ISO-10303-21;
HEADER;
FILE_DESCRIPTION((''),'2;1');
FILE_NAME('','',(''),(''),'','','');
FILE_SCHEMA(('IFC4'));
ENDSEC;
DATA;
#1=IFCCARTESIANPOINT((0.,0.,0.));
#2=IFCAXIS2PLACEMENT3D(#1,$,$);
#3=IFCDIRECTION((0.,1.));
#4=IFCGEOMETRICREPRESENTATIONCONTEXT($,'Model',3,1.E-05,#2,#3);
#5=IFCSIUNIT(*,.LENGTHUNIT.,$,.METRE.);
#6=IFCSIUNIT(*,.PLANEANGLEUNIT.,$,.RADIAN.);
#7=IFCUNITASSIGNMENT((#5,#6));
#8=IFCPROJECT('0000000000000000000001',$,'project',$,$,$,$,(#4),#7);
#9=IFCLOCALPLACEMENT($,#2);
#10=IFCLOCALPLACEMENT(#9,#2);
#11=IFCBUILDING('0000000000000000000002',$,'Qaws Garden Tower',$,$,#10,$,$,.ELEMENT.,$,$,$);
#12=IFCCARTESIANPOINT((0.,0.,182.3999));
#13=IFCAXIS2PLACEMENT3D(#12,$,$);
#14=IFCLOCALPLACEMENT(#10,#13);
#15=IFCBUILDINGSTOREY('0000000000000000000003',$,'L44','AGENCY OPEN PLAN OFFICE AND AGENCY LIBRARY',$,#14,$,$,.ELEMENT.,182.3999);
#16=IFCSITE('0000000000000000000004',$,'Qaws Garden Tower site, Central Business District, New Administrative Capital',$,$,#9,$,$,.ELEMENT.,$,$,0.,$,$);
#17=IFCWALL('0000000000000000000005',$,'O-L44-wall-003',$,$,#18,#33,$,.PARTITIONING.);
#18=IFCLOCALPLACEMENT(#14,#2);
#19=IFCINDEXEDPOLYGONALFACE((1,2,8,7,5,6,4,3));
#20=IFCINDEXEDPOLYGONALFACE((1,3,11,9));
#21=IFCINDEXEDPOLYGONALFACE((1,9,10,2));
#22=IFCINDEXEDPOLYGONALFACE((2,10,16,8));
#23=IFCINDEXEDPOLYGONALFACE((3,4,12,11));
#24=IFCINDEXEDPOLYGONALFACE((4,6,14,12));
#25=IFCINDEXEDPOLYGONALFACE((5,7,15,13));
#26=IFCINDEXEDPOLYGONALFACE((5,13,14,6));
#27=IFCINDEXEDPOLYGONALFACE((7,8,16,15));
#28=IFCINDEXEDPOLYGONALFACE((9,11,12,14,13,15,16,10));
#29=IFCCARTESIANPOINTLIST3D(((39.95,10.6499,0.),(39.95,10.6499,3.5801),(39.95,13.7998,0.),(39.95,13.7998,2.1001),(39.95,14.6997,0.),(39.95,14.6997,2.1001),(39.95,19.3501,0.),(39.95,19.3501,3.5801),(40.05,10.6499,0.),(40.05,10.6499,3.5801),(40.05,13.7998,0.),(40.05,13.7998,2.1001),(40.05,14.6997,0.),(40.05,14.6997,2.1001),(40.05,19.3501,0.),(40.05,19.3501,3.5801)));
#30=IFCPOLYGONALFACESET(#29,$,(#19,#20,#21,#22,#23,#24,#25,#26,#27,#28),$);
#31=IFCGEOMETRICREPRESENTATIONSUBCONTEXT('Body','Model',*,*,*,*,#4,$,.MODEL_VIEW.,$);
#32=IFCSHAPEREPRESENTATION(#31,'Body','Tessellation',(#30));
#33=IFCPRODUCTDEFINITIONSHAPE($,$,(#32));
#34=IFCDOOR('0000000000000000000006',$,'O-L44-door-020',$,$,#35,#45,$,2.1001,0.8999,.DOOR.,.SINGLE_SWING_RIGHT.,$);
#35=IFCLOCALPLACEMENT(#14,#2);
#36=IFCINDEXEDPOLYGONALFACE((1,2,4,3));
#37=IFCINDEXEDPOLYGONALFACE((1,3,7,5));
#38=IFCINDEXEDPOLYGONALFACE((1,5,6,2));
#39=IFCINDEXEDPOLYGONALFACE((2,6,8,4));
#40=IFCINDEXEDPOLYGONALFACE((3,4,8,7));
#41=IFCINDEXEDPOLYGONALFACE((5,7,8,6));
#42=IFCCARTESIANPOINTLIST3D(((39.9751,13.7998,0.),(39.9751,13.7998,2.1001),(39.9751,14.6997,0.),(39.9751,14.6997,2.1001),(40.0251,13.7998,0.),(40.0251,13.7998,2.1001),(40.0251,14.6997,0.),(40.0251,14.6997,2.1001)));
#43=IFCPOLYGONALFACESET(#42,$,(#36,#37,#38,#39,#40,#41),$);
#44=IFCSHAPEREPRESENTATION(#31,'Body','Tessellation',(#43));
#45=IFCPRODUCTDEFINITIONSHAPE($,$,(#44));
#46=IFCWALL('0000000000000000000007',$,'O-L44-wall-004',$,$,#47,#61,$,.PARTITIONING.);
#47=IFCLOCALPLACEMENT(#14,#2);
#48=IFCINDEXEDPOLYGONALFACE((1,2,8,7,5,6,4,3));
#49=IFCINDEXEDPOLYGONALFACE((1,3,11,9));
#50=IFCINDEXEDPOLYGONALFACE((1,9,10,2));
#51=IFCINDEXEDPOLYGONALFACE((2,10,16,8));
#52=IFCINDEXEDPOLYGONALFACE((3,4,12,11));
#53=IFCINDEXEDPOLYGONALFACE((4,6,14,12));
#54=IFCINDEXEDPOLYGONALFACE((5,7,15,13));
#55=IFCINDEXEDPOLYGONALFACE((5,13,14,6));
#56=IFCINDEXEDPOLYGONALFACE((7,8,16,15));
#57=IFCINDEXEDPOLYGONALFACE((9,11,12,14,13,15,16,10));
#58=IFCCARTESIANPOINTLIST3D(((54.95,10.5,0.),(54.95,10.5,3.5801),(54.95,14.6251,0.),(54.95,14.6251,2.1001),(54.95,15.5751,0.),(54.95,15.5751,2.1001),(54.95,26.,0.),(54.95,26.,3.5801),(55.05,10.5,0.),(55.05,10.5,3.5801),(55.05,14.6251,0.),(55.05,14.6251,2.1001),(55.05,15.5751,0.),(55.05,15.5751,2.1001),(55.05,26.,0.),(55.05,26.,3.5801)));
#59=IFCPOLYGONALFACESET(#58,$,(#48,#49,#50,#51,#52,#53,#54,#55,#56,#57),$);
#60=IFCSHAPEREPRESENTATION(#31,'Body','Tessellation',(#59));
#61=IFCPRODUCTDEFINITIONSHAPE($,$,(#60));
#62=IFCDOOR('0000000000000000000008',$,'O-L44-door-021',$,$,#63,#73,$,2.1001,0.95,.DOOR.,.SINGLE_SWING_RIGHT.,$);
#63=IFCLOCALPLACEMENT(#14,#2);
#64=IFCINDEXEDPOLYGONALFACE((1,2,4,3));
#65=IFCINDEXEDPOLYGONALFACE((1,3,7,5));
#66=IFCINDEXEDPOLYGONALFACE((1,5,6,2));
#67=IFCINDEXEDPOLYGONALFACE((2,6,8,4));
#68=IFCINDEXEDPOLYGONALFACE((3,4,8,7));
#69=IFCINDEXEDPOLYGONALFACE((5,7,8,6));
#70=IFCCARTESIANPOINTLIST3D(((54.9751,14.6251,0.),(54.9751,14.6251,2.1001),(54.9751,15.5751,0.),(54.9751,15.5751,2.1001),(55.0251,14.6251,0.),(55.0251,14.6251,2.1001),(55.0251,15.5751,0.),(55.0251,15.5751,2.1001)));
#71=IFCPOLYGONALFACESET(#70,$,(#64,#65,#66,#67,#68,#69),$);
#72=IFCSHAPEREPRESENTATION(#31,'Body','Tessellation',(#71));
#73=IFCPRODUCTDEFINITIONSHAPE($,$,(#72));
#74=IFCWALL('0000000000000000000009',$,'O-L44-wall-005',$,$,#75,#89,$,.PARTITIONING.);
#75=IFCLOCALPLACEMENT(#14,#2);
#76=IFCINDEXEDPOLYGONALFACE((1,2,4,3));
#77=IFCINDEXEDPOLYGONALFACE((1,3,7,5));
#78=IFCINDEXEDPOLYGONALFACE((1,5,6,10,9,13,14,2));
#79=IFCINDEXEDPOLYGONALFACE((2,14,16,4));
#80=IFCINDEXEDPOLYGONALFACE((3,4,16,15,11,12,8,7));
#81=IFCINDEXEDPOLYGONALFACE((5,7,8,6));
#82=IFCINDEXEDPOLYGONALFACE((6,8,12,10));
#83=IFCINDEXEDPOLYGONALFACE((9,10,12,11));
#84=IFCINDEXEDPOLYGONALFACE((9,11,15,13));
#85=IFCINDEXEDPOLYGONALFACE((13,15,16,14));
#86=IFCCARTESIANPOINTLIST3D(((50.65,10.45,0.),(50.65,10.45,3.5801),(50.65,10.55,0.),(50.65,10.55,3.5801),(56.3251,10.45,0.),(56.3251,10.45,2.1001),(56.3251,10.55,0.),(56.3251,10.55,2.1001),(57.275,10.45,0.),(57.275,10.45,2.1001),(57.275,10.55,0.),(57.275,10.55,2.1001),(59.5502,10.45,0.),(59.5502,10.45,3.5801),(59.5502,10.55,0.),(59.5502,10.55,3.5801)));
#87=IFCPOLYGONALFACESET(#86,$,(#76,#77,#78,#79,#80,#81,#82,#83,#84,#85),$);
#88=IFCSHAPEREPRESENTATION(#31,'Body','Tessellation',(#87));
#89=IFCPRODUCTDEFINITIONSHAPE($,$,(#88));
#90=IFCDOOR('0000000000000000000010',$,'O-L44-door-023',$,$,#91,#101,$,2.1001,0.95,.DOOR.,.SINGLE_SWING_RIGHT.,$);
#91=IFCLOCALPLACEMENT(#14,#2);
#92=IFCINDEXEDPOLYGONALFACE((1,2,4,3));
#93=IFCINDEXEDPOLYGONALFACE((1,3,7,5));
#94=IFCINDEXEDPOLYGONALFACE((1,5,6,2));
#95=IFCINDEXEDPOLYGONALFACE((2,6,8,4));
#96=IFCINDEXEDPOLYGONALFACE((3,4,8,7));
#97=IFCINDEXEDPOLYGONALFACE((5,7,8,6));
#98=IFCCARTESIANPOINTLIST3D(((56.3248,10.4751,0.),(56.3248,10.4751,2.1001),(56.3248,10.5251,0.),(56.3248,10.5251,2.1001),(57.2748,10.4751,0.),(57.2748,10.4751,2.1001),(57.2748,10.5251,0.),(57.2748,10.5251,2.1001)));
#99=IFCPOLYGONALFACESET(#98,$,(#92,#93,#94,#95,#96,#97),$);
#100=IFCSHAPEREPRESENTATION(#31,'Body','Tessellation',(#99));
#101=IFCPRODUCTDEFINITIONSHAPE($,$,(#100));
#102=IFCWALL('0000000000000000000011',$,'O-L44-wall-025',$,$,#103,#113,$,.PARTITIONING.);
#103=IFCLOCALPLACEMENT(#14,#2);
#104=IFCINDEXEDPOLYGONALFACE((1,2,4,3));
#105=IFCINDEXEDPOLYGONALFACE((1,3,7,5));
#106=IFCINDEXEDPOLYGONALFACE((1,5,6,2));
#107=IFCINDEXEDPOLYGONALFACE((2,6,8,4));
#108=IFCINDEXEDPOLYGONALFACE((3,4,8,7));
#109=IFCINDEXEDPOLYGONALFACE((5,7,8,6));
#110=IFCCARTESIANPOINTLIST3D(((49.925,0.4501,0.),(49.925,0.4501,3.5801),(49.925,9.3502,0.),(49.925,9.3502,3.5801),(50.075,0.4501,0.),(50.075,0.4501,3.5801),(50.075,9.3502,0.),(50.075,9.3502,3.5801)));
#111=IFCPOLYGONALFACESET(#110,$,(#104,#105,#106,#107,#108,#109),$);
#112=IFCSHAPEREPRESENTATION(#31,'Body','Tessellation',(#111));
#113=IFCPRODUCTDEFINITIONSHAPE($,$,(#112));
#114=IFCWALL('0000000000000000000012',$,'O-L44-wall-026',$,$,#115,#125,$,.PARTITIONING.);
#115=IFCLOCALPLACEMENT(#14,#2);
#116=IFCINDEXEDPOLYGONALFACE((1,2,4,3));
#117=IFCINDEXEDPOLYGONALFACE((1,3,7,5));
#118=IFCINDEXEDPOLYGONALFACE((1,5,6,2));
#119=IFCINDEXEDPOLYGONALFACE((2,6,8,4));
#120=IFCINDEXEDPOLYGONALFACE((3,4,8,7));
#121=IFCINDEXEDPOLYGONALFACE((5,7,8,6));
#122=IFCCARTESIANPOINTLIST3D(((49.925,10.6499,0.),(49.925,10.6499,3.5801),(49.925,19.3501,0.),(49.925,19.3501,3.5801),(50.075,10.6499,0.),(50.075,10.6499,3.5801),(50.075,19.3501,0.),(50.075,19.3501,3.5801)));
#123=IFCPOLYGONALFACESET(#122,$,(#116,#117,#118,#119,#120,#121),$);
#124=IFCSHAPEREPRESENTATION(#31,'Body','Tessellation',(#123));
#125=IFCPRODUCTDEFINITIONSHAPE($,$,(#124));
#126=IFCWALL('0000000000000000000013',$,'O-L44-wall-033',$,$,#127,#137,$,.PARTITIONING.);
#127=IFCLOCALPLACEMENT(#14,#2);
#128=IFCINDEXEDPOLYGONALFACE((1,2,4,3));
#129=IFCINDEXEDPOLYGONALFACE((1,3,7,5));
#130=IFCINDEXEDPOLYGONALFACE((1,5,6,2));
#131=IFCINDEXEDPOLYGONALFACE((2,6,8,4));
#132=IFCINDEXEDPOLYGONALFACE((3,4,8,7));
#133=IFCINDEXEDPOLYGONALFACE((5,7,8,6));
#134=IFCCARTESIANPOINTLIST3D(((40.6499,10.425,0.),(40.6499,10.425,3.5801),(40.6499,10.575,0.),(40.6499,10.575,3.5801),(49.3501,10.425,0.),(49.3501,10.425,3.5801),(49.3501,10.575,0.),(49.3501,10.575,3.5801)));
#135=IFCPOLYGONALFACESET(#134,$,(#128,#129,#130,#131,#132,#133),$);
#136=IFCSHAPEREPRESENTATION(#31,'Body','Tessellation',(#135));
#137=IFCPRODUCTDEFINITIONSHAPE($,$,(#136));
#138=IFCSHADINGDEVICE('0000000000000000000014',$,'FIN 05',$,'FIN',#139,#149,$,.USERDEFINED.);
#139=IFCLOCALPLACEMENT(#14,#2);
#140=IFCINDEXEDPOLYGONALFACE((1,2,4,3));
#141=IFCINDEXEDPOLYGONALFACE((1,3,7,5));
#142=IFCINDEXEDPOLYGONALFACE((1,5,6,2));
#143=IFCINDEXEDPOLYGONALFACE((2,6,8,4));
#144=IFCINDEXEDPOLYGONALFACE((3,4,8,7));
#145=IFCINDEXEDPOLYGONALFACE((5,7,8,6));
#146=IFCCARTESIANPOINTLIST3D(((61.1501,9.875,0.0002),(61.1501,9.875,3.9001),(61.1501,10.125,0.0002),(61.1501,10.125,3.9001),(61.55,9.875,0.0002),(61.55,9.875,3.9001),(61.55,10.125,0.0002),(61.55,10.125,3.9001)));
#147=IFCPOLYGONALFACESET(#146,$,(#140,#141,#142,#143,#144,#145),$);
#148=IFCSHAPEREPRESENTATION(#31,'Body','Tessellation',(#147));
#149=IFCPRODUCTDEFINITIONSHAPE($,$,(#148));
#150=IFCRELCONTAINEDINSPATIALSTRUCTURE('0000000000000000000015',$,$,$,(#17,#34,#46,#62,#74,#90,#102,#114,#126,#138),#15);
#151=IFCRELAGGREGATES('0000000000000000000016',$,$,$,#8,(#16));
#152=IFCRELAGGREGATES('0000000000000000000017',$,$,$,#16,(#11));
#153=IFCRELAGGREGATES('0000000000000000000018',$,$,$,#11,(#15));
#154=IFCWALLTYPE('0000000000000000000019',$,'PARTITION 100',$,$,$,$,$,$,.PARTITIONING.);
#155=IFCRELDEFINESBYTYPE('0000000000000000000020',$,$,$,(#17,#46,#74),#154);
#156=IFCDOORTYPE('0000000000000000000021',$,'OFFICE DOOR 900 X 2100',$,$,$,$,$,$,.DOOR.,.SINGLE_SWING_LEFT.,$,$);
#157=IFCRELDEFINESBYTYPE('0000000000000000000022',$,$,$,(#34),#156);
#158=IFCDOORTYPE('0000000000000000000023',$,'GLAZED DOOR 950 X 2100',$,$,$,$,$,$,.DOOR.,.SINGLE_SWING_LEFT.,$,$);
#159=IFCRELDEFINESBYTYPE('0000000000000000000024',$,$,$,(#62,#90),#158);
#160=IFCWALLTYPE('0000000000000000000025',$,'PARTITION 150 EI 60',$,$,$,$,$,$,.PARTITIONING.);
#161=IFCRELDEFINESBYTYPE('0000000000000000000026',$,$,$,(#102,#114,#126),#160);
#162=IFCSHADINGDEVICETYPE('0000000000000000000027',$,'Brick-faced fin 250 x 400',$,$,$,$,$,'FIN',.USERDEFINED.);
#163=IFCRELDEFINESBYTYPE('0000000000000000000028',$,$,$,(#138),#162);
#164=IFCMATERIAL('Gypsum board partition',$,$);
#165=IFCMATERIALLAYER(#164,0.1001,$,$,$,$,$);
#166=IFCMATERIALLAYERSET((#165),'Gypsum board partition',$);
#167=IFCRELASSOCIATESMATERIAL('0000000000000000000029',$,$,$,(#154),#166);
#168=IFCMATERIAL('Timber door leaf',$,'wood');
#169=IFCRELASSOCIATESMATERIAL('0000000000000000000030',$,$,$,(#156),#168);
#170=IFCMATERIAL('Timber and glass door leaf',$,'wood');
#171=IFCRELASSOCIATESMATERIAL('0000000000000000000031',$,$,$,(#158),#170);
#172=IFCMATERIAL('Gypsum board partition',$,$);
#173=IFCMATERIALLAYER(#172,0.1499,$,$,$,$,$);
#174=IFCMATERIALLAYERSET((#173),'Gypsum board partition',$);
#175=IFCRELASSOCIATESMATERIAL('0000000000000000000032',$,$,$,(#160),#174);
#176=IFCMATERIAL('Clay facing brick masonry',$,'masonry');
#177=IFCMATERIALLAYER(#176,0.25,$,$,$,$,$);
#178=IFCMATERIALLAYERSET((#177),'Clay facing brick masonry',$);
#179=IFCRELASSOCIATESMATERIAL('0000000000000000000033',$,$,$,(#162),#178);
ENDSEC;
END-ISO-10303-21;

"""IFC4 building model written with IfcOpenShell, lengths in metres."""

from ifc_helpers import new_model, si_unit, direction, frame, frame_2d, origin, origin_2d, place, context, subcontext, project, spatial, rectangle, extrude, material, layer, layer_set, type_object, element, fill, save


model = new_model("IFC4")

# Units and contexts
model_context = context("Model", 3, precision=1e-05, world=origin(), true_north=direction((0.0, 1.0)))
body_context = subcontext(model_context, "Body", "Model", "MODEL_VIEW")
ifc_project = project(units=[si_unit("LENGTHUNIT", "METRE"), si_unit("PLANEANGLEUNIT", "RADIAN")], contexts=[model_context])

# Site, building, storey
site_placement = place(None, origin())
site = spatial("IfcSite", under=ifc_project, at=site_placement, Name="Qaws Garden Tower site, Central Business District, New Administrative Capital", CompositionType="ELEMENT", RefElevation=0.0)
building_placement = place(site_placement, origin())
building = spatial("IfcBuilding", under=site, at=building_placement, Name="Qaws Garden Tower", CompositionType="ELEMENT")
storey_placement = place(building_placement, frame((0.0, 0.0, 182.3999)))
storey = spatial("IfcBuildingStorey", under=building, at=storey_placement, Name="L44", Description="AGENCY OPEN PLAN OFFICE AND AGENCY LIBRARY", CompositionType="ELEMENT", Elevation=182.3999)

# Walls, openings, doors
ifc_material_1 = material(Name="Gypsum board partition")
ifc_layer_1 = layer(ifc_material_1, 0.1001)
ifc_layer_set_1 = layer_set([ifc_layer_1], Name="Gypsum board partition")
wall_type_1 = type_object("IfcWallType", Name="PARTITION 100", PredefinedType="PARTITIONING", material=ifc_layer_set_1)
wall_1_placement = place(storey_placement, frame((40.0, 10.6499, 0.0), z_axis=(0.0, 0.0, 1.0), x_axis=(0.0, 1.0, 0.0)))
wall_1 = element("IfcWall", 1, at=wall_1_placement, inside=storey, type_object=wall_type_1, Name="O-L44-wall-003", PredefinedType="PARTITIONING", context=body_context, shape_type="SweptSolid", body=[
    extrude(rectangle(XDim=8.7002, YDim=0.1001, at=frame_2d((4.3501, 0.0))), origin(), (0.0, 0.0, 1.0), 3.5801),
])
opening_1_placement = place(wall_1_placement, frame((3.1499, 0.0, 0.0)))
opening_1 = element("IfcOpeningElement", 2, at=opening_1_placement, cuts=wall_1, PredefinedType="OPENING", context=body_context, shape_type="SweptSolid", body=[
    extrude(rectangle(XDim=0.8999, YDim=2.1001, at=frame_2d((0.45, 1.05))), frame((0.0, 0.0601, 0.0), z_axis=(0.0, -1.0, 0.0), x_axis=(1.0, 0.0, 0.0)), (0.0, 0.0, 1.0), 0.1201),
])
ifc_material_2 = material(Name="Timber door leaf", Category="wood")
door_type_1 = type_object("IfcDoorType", Name="OFFICE DOOR 900 X 2100", OperationType="SINGLE_SWING_LEFT", PredefinedType="DOOR", material=ifc_material_2)
door_1_placement = place(opening_1_placement, origin())
door_1 = element("IfcDoor", 3, at=door_1_placement, inside=storey, type_object=door_type_1, Name="O-L44-door-020", OperationType="SINGLE_SWING_RIGHT", OverallHeight=2.1001, OverallWidth=0.8999, PredefinedType="DOOR", context=body_context, shape_type="SweptSolid", body=[
    extrude(rectangle(XDim=0.8999, YDim=2.1001, at=frame_2d((0.45, 1.05))), frame((0.0, 0.0249, 0.0), z_axis=(0.0, -1.0, 0.0), x_axis=(1.0, 0.0, 0.0)), (0.0, 0.0, 1.0), 0.05),
])
fill(opening_1, door_1)
wall_2_placement = place(storey_placement, frame((55.0, 10.5, 0.0), z_axis=(0.0, 0.0, 1.0), x_axis=(0.0, 1.0, 0.0)))
wall_2 = element("IfcWall", 4, at=wall_2_placement, inside=storey, type_object=wall_type_1, Name="O-L44-wall-004", PredefinedType="PARTITIONING", context=body_context, shape_type="SweptSolid", body=[
    extrude(rectangle(XDim=15.5, YDim=0.1001, at=frame_2d((7.75, 0.0))), origin(), (0.0, 0.0, 1.0), 3.5801),
])
opening_2_placement = place(wall_2_placement, frame((4.125, 0.0, 0.0)))
opening_2 = element("IfcOpeningElement", 5, at=opening_2_placement, cuts=wall_2, PredefinedType="OPENING", context=body_context, shape_type="SweptSolid", body=[
    extrude(rectangle(XDim=0.95, YDim=2.1001, at=frame_2d((0.4751, 1.05))), frame((0.0, 0.0601, 0.0), z_axis=(0.0, -1.0, 0.0), x_axis=(1.0, 0.0, 0.0)), (0.0, 0.0, 1.0), 0.1201),
])
ifc_material_3 = material(Name="Timber and glass door leaf", Category="wood")
door_type_2 = type_object("IfcDoorType", Name="GLAZED DOOR 950 X 2100", OperationType="SINGLE_SWING_LEFT", PredefinedType="DOOR", material=ifc_material_3)
door_2_placement = place(opening_2_placement, origin())
door_2 = element("IfcDoor", 6, at=door_2_placement, inside=storey, type_object=door_type_2, Name="O-L44-door-021", OperationType="SINGLE_SWING_RIGHT", OverallHeight=2.1001, OverallWidth=0.95, PredefinedType="DOOR", context=body_context, shape_type="SweptSolid", body=[
    extrude(rectangle(XDim=0.95, YDim=2.1001, at=frame_2d((0.4751, 1.05))), frame((0.0, 0.0249, 0.0), z_axis=(0.0, -1.0, 0.0), x_axis=(1.0, 0.0, 0.0)), (0.0, 0.0, 1.0), 0.05),
])
fill(opening_2, door_2)
wall_3_placement = place(storey_placement, frame((50.6499, 10.5, 0.0), z_axis=(0.0, 0.0, 1.0), x_axis=(1.0, 0.0, 0.0)))
wall_3 = element("IfcWall", 7, at=wall_3_placement, inside=storey, type_object=wall_type_1, Name="O-L44-wall-005", PredefinedType="PARTITIONING", context=body_context, shape_type="SweptSolid", body=[
    extrude(rectangle(XDim=8.9001, YDim=0.1001, at=frame_2d((4.4502, 0.0))), origin(), (0.0, 0.0, 1.0), 3.5801),
])
opening_3_placement = place(wall_3_placement, frame((5.675, 0.0, 0.0)))
opening_3 = element("IfcOpeningElement", 8, at=opening_3_placement, cuts=wall_3, PredefinedType="OPENING", context=body_context, shape_type="SweptSolid", body=[
    extrude(rectangle(XDim=0.95, YDim=2.1001, at=frame_2d((0.4751, 1.05))), frame((0.0, 0.0601, 0.0), z_axis=(0.0, -1.0, 0.0), x_axis=(1.0, 0.0, 0.0)), (0.0, 0.0, 1.0), 0.1201),
])
door_3_placement = place(opening_3_placement, frame((0.95, 0.0, 0.0), z_axis=(0.0, 0.0, 1.0), x_axis=(-1.0, 0.0, 0.0)))
door_3 = element("IfcDoor", 9, at=door_3_placement, inside=storey, type_object=door_type_2, Name="O-L44-door-023", OperationType="SINGLE_SWING_RIGHT", OverallHeight=2.1001, OverallWidth=0.95, PredefinedType="DOOR", context=body_context, shape_type="SweptSolid", body=[
    extrude(rectangle(XDim=0.95, YDim=2.1001, at=frame_2d((0.4751, 1.05))), frame((0.0, 0.0249, 0.0), z_axis=(0.0, -1.0, 0.0), x_axis=(1.0, 0.0, 0.0)), (0.0, 0.0, 1.0), 0.05),
])
fill(opening_3, door_3)

# Walls
ifc_material_4 = material(Name="Gypsum board partition")
ifc_layer_2 = layer(ifc_material_4, 0.1499)
ifc_layer_set_2 = layer_set([ifc_layer_2], Name="Gypsum board partition")
wall_type_2 = type_object("IfcWallType", Name="PARTITION 150 EI 60", PredefinedType="PARTITIONING", material=ifc_layer_set_2)
wall_4_placement = place(storey_placement, frame((50.0, 0.45, 0.0), z_axis=(0.0, 0.0, 1.0), x_axis=(0.0, 1.0, 0.0)))
element("IfcWall", 10, at=wall_4_placement, inside=storey, type_object=wall_type_2, Name="O-L44-wall-025", PredefinedType="PARTITIONING", context=body_context, shape_type="SweptSolid", body=[
    extrude(rectangle(XDim=8.9001, YDim=0.1499, at=frame_2d((4.4502, 0.0))), origin(), (0.0, 0.0, 1.0), 3.5801),
])
for number, where, z_axis, x_axis, name in (
    (11, (50.0, 10.6499, 0.0), (0.0, 0.0, 1.0), (0.0, 1.0, 0.0), "O-L44-wall-026"),
    (12, (40.6499, 10.5, 0.0), (0.0, 0.0, 1.0), (1.0, 0.0, 0.0), "O-L44-wall-033"),
):
    element("IfcWall", number, at=place(storey_placement, frame(where, z_axis=z_axis, x_axis=x_axis)), inside=storey, type_object=wall_type_2, Name=name, PredefinedType="PARTITIONING", context=body_context, shape_type="SweptSolid", body=[
        extrude(rectangle(XDim=8.7002, YDim=0.1499, at=frame_2d((4.3501, 0.0))), origin(), (0.0, 0.0, 1.0), 3.5801),
    ])

# Shading device
ifc_material_5 = material(Name="Clay facing brick masonry", Category="masonry")
ifc_layer_3 = layer(ifc_material_5, 0.25)
ifc_layer_set_3 = layer_set([ifc_layer_3], Name="Clay facing brick masonry")
shading_device_type = type_object("IfcShadingDeviceType", Name="Brick-faced fin 250 x 400", ElementType="FIN", PredefinedType="USERDEFINED", material=ifc_layer_set_3)
shading_device_placement = place(storey_placement, frame((61.3501, 10.0, 0.0002), z_axis=(0.0, 0.0, 1.0), x_axis=(0.0, 1.0, 0.0)))
element("IfcShadingDevice", 13, at=shading_device_placement, inside=storey, type_object=shading_device_type, Name="FIN 05", ObjectType="FIN", PredefinedType="USERDEFINED", context=body_context, shape_type="SweptSolid", body=[
    extrude(rectangle(XDim=0.25, YDim=0.3999, at=origin_2d()), origin(), (0.0, 0.0, 1.0), 3.8999),
])

save(model, "model.ifc")
